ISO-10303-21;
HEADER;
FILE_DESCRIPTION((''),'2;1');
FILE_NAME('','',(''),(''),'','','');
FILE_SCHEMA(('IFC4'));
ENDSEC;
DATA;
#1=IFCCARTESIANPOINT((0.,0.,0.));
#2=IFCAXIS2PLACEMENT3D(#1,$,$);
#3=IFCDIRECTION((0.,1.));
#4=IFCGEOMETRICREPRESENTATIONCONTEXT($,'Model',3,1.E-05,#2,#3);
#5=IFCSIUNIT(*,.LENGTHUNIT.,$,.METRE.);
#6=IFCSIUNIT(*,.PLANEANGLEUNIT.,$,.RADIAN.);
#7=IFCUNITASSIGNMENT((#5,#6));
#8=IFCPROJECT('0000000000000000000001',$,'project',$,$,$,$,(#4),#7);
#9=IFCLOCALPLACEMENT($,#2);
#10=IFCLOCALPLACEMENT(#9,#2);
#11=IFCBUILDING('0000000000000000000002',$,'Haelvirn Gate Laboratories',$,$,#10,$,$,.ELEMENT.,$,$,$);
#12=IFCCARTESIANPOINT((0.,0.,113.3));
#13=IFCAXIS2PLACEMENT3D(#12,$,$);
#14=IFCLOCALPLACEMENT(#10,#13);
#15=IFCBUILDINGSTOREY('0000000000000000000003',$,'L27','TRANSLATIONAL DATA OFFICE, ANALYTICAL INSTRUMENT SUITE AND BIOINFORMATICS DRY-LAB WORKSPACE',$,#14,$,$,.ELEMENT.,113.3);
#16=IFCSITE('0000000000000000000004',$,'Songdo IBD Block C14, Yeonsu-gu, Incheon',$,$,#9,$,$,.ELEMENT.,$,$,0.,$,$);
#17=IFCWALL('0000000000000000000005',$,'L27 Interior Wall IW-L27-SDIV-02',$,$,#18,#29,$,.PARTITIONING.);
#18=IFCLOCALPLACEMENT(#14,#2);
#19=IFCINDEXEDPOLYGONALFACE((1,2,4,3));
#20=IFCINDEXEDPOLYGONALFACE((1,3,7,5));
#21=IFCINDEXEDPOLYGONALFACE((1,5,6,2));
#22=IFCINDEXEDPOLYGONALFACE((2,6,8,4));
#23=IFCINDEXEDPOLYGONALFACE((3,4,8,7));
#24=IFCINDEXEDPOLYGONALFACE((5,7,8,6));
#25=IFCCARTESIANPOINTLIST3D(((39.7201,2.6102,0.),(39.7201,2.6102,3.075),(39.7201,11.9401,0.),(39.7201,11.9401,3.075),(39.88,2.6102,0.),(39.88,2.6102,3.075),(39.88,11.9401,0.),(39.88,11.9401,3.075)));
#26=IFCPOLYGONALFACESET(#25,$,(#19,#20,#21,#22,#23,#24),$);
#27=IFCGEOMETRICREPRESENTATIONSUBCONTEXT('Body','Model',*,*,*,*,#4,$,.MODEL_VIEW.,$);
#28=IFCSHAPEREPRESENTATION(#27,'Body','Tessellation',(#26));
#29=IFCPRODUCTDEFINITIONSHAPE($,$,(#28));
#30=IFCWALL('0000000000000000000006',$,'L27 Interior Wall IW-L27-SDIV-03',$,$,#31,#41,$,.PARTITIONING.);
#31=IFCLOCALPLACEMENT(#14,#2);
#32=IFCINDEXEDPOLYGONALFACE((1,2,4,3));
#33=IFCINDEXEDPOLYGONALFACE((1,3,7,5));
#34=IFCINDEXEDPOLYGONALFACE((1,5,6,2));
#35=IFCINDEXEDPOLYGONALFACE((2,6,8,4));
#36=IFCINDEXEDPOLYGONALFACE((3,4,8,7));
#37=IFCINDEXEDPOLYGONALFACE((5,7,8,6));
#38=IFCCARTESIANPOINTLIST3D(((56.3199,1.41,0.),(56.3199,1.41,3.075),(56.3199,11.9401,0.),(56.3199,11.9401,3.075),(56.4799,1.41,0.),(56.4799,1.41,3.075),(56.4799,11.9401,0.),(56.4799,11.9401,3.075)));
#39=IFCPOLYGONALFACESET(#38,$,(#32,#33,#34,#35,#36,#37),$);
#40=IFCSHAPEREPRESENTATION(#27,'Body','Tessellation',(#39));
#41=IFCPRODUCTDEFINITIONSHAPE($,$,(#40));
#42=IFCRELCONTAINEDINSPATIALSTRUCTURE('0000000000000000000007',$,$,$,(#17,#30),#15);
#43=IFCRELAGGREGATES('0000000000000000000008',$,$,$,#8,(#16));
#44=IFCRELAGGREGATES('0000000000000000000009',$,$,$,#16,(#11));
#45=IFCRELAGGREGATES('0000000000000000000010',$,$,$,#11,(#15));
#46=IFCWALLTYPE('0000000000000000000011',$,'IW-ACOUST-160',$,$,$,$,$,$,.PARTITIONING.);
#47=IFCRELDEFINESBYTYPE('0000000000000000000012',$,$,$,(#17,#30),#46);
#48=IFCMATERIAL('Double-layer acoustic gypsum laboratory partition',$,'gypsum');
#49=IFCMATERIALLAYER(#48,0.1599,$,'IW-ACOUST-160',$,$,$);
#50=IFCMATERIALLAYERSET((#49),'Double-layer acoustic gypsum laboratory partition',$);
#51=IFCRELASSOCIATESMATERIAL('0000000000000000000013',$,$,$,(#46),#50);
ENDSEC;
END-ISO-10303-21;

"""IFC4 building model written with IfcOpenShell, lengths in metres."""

from ifc_helpers import new_model, si_unit, direction, frame, frame_2d, origin, place, context, subcontext, project, spatial, rectangle, extrude, material, layer, layer_set, type_object, element, save


model = new_model("IFC4")

# Units and contexts
model_context = context("Model", 3, precision=1e-05, world=origin(), true_north=direction((0.0, 1.0)))
body_context = subcontext(model_context, "Body", "Model", "MODEL_VIEW")
ifc_project = project(units=[si_unit("LENGTHUNIT", "METRE"), si_unit("PLANEANGLEUNIT", "RADIAN")], contexts=[model_context])

# Site, building, storey
site_placement = place(None, origin())
site = spatial("IfcSite", under=ifc_project, at=site_placement, Name="Songdo IBD Block C14, Yeonsu-gu, Incheon", CompositionType="ELEMENT", RefElevation=0.0)
building_placement = place(site_placement, origin())
building = spatial("IfcBuilding", under=site, at=building_placement, Name="Haelvirn Gate Laboratories", CompositionType="ELEMENT")
storey_placement = place(building_placement, frame((0.0, 0.0, 113.3)))
storey = spatial("IfcBuildingStorey", under=building, at=storey_placement, Name="L27", Description="TRANSLATIONAL DATA OFFICE, ANALYTICAL INSTRUMENT SUITE AND BIOINFORMATICS DRY-LAB WORKSPACE", CompositionType="ELEMENT", Elevation=113.3)

# Walls
ifc_material_1 = material(Name="Double-layer acoustic gypsum laboratory partition", Category="gypsum")
ifc_layer_1 = layer(ifc_material_1, 0.1599, Name="IW-ACOUST-160")
ifc_layer_set_1 = layer_set([ifc_layer_1], Name="Double-layer acoustic gypsum laboratory partition")
wall_type_1 = type_object("IfcWallType", Name="IW-ACOUST-160", PredefinedType="PARTITIONING", material=ifc_layer_set_1)
wall_1_placement = place(storey_placement, frame((39.8, 2.6101, 0.0), z_axis=(0.0, 0.0, 1.0), x_axis=(0.0, 1.0, 0.0)))
element("IfcWall", 1, at=wall_1_placement, inside=storey, type_object=wall_type_1, Name="L27 Interior Wall IW-L27-SDIV-02", PredefinedType="PARTITIONING", context=body_context, shape_type="SweptSolid", body=[
    extrude(rectangle(XDim=9.3298, YDim=0.1599, at=frame_2d((4.665, 0.0))), origin(), (0.0, 0.0, 1.0), 3.075),
])
wall_2_placement = place(storey_placement, frame((56.3999, 1.4099, 0.0), z_axis=(0.0, 0.0, 1.0), x_axis=(0.0, 1.0, 0.0)))
element("IfcWall", 2, at=wall_2_placement, inside=storey, type_object=wall_type_1, Name="L27 Interior Wall IW-L27-SDIV-03", PredefinedType="PARTITIONING", context=body_context, shape_type="SweptSolid", body=[
    extrude(rectangle(XDim=10.53, YDim=0.1599, at=frame_2d((5.2651, 0.0))), origin(), (0.0, 0.0, 1.0), 3.075),
])

save(model, "model.ifc")
